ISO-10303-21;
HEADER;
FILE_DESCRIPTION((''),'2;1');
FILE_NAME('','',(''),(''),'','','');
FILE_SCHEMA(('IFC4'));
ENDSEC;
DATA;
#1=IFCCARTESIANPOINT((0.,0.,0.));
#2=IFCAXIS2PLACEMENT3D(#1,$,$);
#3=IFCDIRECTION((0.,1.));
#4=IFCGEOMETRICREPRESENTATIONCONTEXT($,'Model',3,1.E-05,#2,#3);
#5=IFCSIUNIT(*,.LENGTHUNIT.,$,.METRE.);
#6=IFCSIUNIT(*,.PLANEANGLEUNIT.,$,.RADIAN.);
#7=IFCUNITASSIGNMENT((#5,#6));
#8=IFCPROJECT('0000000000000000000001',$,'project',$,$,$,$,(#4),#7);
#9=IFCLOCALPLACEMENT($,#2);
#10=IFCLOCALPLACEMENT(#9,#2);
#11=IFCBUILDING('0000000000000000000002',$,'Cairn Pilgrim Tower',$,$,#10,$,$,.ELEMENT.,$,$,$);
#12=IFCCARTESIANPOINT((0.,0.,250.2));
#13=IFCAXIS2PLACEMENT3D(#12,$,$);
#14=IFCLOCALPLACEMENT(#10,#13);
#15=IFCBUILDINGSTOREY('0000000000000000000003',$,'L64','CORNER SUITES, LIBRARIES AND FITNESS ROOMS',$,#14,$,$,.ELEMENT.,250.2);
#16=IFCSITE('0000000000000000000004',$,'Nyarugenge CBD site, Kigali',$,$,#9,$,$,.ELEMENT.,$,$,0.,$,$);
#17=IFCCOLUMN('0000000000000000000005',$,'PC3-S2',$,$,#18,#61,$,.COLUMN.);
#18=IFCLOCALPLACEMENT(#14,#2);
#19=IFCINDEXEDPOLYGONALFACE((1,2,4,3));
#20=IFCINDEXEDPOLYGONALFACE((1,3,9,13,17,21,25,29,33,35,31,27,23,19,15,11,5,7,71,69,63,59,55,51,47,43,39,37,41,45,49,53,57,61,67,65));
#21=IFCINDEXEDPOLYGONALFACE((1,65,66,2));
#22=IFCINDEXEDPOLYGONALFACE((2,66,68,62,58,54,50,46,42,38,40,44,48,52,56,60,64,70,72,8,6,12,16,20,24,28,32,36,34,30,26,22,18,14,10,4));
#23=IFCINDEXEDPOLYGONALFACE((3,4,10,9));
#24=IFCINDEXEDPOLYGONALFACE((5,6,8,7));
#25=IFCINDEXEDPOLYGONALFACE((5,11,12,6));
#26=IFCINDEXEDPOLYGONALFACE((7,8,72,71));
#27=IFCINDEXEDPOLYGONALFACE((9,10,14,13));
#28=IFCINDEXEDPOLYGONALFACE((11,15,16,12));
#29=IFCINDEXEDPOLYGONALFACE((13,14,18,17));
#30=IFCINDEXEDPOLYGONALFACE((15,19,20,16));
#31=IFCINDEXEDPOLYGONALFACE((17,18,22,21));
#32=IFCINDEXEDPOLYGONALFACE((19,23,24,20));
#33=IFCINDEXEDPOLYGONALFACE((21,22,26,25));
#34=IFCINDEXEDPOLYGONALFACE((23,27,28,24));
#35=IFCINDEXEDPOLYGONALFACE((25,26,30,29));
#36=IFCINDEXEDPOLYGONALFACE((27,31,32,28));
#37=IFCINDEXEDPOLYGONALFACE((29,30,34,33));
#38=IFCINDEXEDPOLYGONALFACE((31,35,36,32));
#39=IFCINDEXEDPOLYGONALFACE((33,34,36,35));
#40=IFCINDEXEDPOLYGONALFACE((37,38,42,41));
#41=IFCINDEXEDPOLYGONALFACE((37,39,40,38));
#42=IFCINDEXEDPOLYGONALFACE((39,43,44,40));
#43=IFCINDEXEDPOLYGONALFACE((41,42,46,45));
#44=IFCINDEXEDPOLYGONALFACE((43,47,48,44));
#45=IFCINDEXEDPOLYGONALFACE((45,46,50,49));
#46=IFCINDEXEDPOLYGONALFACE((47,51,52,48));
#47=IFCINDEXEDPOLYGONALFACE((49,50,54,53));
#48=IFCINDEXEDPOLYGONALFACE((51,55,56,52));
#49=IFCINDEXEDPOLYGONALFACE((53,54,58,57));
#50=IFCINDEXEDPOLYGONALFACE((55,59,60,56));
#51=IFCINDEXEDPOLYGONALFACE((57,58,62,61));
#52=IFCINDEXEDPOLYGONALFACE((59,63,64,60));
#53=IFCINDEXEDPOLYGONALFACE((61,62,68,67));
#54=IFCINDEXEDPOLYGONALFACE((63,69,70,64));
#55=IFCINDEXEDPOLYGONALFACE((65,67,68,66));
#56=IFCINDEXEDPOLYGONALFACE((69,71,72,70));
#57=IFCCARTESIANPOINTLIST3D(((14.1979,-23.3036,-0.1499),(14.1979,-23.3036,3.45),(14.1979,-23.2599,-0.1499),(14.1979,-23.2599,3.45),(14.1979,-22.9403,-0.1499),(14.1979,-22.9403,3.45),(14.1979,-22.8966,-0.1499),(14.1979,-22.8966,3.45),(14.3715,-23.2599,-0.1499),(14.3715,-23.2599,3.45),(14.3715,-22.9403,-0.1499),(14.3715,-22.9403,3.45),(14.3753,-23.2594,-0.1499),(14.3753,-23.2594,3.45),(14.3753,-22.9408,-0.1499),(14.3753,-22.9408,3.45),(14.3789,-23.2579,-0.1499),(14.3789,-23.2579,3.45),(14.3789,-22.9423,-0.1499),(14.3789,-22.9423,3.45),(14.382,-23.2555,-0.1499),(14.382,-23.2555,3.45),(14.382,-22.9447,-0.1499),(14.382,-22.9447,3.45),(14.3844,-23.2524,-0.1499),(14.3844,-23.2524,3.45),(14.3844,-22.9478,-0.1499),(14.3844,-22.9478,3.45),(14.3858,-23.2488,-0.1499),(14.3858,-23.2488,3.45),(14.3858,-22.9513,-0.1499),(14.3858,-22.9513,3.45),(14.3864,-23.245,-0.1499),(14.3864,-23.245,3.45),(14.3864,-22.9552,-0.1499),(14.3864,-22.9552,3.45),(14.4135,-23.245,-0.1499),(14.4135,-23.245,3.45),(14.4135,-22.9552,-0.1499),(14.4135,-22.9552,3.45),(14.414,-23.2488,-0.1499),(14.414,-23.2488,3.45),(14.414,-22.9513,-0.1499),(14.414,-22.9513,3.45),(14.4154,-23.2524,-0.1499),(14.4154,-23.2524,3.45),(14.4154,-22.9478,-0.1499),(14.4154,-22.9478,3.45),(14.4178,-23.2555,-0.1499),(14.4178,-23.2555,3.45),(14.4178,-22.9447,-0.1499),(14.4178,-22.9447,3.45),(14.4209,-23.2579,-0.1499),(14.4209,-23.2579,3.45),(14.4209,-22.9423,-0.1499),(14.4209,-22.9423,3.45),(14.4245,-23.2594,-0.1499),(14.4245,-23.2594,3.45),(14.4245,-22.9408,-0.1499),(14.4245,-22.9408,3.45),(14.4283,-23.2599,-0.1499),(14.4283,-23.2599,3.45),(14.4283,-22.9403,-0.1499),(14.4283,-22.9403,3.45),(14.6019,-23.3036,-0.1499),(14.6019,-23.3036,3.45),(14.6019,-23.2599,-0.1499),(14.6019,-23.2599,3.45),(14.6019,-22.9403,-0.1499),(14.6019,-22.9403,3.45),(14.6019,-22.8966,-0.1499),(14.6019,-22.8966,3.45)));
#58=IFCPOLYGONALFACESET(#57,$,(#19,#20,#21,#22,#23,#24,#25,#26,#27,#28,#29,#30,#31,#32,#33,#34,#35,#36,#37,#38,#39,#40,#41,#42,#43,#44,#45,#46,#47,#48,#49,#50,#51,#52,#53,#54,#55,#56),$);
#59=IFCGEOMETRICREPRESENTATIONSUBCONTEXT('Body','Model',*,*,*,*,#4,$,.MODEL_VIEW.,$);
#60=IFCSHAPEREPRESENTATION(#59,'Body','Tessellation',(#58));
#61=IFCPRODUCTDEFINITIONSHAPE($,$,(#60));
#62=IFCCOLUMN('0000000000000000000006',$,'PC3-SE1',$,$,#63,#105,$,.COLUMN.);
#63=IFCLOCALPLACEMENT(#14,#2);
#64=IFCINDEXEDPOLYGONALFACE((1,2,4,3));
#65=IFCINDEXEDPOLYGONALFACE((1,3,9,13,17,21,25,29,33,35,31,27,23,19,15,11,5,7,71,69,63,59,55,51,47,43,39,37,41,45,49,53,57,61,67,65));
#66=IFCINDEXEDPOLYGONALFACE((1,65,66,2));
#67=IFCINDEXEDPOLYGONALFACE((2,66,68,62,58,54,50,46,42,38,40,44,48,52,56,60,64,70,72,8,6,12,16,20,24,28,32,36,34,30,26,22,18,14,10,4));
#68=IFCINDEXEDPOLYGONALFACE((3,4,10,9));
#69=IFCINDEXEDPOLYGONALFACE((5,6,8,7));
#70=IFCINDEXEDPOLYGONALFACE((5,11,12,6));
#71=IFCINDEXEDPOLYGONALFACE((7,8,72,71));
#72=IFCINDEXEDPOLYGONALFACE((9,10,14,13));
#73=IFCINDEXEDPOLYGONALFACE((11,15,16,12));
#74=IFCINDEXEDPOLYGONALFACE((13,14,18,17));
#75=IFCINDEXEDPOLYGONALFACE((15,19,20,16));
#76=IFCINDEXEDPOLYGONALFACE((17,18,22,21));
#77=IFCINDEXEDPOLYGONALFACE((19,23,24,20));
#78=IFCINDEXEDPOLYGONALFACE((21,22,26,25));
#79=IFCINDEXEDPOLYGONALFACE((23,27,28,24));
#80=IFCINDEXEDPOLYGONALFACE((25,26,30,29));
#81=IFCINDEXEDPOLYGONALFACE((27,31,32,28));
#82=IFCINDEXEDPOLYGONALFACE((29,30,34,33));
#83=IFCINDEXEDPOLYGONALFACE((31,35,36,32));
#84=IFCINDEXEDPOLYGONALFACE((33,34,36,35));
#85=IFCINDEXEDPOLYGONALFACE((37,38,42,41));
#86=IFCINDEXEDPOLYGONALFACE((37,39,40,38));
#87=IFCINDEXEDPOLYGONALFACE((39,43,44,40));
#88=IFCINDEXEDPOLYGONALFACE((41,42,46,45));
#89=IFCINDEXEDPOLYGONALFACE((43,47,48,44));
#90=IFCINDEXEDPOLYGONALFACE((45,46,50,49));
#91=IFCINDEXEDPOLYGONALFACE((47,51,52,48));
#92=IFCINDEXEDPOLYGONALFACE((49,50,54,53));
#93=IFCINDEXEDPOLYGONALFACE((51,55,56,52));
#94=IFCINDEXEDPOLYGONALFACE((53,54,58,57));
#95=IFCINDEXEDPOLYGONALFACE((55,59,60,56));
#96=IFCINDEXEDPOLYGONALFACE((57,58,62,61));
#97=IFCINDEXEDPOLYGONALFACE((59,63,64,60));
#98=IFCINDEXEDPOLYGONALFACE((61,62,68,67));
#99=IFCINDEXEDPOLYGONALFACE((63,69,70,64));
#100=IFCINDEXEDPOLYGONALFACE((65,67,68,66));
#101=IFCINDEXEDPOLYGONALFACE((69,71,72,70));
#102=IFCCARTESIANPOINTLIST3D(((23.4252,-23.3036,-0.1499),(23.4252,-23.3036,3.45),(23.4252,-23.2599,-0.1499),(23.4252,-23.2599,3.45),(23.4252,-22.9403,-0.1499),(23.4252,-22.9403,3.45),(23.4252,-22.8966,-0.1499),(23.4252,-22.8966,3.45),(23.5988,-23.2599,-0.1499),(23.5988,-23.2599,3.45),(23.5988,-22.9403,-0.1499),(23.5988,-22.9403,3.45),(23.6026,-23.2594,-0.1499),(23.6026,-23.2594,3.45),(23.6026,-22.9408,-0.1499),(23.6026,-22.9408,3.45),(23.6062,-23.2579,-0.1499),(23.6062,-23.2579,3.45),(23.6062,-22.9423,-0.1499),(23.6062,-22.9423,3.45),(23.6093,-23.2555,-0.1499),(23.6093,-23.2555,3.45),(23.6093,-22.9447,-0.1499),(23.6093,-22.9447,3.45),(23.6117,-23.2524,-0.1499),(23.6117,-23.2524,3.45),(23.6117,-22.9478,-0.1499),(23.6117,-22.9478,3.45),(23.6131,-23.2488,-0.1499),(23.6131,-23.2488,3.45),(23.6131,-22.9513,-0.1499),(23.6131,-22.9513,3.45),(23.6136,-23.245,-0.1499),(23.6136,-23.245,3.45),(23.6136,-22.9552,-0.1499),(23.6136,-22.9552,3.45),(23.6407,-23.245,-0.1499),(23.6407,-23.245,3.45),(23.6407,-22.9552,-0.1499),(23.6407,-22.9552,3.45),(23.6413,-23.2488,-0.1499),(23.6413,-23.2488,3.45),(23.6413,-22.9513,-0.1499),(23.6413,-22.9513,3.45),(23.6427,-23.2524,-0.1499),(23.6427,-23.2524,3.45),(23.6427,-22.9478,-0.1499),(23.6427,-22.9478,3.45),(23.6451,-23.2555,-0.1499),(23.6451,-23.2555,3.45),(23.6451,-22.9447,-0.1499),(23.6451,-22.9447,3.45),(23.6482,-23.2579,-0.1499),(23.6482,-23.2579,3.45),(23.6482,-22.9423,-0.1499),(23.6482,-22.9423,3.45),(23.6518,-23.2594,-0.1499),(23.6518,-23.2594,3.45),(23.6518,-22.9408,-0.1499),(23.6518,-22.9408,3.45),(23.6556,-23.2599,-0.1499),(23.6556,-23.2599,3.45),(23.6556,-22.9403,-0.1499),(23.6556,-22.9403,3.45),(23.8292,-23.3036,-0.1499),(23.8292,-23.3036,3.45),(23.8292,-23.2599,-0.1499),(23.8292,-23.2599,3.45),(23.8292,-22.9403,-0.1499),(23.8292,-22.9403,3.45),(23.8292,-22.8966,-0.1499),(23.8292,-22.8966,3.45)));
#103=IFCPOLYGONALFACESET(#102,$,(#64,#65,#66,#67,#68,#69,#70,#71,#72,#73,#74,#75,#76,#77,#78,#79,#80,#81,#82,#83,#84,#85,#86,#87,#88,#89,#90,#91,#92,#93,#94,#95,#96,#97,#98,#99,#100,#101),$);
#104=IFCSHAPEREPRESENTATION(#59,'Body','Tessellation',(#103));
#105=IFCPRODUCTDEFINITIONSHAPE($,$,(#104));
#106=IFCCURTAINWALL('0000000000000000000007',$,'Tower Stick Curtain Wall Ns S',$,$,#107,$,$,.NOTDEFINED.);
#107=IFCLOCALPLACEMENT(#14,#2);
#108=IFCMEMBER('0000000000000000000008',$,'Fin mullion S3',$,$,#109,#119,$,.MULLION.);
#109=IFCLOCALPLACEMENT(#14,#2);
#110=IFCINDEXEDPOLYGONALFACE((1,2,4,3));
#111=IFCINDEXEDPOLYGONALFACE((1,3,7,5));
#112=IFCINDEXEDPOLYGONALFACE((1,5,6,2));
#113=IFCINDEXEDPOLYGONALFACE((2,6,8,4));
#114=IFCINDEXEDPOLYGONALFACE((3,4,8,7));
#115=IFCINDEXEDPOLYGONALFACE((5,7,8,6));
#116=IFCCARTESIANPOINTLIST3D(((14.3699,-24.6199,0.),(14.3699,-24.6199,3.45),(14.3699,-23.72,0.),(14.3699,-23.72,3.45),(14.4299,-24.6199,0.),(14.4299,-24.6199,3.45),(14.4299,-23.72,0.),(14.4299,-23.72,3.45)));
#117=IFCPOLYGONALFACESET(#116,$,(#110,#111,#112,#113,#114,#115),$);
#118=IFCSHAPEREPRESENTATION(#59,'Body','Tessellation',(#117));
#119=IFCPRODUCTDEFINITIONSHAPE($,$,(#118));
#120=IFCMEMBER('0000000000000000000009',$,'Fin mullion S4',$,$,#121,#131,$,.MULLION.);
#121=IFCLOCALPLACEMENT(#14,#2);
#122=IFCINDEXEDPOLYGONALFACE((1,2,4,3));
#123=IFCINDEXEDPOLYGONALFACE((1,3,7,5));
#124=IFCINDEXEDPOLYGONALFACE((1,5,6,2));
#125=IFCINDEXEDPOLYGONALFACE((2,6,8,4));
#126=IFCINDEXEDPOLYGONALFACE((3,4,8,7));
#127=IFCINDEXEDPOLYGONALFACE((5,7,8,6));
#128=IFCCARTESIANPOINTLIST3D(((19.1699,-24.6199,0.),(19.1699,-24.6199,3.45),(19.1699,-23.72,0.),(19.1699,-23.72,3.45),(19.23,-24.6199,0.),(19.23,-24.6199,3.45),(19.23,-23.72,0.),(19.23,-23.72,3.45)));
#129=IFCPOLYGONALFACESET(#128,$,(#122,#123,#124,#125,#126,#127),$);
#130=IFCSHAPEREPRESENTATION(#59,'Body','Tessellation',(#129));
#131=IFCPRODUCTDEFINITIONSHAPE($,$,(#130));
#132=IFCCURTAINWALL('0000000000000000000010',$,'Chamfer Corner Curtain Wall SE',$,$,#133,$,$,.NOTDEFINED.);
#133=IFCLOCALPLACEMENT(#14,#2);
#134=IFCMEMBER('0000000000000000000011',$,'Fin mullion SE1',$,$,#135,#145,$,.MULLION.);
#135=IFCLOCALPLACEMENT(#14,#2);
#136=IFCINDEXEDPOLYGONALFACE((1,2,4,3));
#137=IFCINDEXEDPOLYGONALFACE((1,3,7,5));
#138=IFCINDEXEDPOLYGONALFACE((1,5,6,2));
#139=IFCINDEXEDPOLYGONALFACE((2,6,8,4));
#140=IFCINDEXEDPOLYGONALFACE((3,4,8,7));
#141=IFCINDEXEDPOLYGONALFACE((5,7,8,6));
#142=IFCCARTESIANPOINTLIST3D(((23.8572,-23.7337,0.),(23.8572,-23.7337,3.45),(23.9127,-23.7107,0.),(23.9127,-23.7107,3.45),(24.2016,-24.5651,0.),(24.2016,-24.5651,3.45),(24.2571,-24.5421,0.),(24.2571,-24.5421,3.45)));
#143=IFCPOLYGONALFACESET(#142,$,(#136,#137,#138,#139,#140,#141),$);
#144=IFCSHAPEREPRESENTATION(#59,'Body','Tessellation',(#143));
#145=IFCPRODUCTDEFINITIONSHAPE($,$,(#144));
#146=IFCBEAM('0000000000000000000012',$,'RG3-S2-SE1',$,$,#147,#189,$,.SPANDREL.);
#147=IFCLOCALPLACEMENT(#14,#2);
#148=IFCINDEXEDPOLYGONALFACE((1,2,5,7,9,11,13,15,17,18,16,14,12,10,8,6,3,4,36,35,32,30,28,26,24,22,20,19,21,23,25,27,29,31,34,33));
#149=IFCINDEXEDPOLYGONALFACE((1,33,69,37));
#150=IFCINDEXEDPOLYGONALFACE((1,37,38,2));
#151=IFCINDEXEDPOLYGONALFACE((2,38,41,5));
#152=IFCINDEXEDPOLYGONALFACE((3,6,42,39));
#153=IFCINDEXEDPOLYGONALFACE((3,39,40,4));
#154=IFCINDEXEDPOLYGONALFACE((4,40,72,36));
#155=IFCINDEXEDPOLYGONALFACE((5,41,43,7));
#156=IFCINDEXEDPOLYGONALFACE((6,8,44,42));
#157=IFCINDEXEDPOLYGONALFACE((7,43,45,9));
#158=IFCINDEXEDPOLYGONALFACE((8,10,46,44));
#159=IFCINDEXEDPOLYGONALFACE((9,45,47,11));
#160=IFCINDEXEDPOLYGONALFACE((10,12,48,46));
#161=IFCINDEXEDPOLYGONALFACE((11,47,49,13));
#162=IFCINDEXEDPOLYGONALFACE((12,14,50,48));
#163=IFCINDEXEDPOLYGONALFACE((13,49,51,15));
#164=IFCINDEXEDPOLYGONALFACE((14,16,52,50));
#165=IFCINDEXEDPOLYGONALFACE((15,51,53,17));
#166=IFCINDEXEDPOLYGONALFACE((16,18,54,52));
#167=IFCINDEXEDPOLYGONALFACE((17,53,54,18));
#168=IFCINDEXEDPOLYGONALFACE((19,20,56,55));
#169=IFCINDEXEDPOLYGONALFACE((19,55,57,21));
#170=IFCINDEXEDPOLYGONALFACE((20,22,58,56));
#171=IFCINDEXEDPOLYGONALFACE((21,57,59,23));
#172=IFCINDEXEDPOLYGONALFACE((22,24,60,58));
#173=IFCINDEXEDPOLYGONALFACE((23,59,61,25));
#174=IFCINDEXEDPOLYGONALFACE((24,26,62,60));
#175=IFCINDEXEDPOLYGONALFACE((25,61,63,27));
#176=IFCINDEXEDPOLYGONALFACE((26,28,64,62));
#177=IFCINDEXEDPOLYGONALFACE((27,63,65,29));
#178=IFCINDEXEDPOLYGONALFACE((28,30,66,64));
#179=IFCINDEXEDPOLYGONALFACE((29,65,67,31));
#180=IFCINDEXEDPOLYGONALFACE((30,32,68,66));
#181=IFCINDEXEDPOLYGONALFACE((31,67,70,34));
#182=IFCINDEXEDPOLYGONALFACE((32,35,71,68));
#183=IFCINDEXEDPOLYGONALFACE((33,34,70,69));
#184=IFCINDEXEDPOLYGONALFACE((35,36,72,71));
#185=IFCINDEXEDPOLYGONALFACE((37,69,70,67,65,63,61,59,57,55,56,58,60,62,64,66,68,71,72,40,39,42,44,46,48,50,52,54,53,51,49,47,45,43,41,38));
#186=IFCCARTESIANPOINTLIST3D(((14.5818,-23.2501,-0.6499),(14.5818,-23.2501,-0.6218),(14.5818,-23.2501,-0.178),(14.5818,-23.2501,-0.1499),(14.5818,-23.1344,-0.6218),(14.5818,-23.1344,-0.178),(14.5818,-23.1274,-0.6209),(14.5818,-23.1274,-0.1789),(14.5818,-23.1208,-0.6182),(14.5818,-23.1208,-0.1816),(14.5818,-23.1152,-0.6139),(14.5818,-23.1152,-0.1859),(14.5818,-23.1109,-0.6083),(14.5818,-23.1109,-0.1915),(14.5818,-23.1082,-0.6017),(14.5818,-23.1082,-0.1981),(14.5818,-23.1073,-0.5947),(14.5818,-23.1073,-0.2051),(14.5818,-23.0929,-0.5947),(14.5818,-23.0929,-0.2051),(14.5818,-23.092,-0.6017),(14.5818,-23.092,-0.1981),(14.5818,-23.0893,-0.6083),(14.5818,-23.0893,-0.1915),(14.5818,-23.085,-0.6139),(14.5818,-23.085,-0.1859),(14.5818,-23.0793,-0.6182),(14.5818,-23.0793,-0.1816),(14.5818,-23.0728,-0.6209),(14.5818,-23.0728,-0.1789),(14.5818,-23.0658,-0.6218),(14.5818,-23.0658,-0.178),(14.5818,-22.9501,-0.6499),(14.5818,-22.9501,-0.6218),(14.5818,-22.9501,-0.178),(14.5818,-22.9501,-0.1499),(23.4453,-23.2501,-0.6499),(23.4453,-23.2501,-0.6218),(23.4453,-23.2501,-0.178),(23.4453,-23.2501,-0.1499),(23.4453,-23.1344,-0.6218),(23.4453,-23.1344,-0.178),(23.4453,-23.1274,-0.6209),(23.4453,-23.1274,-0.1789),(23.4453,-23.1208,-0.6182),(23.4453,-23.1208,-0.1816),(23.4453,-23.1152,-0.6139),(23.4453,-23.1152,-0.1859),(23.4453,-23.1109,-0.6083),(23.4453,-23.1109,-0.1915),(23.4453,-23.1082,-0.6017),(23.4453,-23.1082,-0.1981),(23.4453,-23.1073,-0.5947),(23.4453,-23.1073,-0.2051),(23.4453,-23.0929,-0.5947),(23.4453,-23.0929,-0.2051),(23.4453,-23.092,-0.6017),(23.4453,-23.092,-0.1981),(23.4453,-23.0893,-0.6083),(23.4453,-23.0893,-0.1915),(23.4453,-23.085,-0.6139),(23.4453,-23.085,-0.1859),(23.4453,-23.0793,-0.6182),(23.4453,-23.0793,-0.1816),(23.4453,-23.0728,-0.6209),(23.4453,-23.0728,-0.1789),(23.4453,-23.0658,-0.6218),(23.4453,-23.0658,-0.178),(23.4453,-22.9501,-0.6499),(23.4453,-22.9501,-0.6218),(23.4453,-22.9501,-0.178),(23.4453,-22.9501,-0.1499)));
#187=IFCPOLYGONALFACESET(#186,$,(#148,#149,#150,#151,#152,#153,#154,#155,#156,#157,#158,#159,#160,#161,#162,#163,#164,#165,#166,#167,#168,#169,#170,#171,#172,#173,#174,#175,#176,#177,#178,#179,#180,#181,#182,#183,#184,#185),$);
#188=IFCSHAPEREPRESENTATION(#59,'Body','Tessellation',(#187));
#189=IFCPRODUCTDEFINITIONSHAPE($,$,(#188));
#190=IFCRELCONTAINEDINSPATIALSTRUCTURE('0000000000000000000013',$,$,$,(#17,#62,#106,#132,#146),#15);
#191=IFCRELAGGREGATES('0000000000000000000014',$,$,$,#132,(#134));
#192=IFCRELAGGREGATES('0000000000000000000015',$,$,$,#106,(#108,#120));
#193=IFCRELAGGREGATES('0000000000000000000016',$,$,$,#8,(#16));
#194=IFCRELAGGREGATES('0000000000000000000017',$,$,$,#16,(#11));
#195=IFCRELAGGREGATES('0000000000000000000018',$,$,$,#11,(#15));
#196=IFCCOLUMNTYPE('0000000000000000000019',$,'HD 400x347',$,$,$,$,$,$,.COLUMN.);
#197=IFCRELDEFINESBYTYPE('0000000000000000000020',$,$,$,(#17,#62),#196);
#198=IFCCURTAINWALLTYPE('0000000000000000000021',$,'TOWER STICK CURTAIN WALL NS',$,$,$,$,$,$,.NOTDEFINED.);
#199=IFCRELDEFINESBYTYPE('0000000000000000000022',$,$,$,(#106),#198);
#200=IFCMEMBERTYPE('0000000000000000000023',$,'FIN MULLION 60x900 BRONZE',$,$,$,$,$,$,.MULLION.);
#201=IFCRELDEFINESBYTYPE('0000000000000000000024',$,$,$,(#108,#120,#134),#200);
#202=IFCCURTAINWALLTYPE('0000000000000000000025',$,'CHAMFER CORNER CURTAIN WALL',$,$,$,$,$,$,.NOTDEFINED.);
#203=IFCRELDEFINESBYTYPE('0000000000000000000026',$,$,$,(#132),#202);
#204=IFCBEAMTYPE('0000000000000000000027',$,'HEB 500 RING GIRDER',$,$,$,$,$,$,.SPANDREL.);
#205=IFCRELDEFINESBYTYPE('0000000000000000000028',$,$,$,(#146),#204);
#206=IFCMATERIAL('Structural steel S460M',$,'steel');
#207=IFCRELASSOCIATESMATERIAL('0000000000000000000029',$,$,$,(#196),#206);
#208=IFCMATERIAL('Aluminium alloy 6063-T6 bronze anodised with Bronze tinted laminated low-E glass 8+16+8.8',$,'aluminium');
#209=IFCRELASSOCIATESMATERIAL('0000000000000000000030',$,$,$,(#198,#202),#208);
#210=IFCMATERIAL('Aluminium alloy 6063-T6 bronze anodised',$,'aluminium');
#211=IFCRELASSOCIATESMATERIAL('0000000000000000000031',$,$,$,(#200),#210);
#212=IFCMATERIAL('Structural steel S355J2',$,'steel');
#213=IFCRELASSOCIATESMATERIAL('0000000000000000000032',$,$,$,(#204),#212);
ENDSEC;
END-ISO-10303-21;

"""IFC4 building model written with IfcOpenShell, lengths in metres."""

from ifc_helpers import new_model, si_unit, direction, frame, origin, origin_2d, place, context, subcontext, project, spatial, rectangle, i_section, extrude, material, material_profile, profile_set, type_object, element, aggregate, save


model = new_model("IFC4")

# Units and contexts
model_context = context("Model", 3, precision=1e-05, world=origin(), true_north=direction((0.0, 1.0)))
body_context = subcontext(model_context, "Body", "Model", "MODEL_VIEW")
ifc_project = project(units=[si_unit("LENGTHUNIT", "METRE"), si_unit("PLANEANGLEUNIT", "RADIAN")], contexts=[model_context])

# Site, building, storey
site_placement = place(None, origin())
site = spatial("IfcSite", under=ifc_project, at=site_placement, Name="Nyarugenge CBD site, Kigali", CompositionType="ELEMENT", RefElevation=0.0)
building_placement = place(site_placement, origin())
building = spatial("IfcBuilding", under=site, at=building_placement, Name="Cairn Pilgrim Tower", CompositionType="ELEMENT")
storey_placement = place(building_placement, frame((0.0, 0.0, 250.2)))
storey = spatial("IfcBuildingStorey", under=building, at=storey_placement, Name="L64", Description="CORNER SUITES, LIBRARIES AND FITNESS ROOMS", CompositionType="ELEMENT", Elevation=250.2)

# Columns
ifc_material_1 = material(Name="Structural steel S460M", Category="steel")
ifc_material_profile_1 = material_profile(ifc_material_1, i_section(OverallWidth=0.4041, OverallDepth=0.407, WebThickness=0.0271, FlangeThickness=0.0437, FilletRadius=0.0149, at=origin_2d()), Name="HD 400x347")
ifc_profile_set_1 = profile_set([ifc_material_profile_1], Name="Structural steel S460M")
column_type = type_object("IfcColumnType", Name="HD 400x347", PredefinedType="COLUMN", material=ifc_profile_set_1)
for number, where, z_axis, x_axis, name in (
    (1, (14.3999, -23.1001, -0.1499), (0.0, 0.0, 1.0), (1.0, 0.0, 0.0), "PC3-S2"),
    (2, (23.6272, -23.1001, -0.1499), (0.0, 0.0, 1.0), (1.0, 0.0, 0.0), "PC3-SE1"),
):
    element("IfcColumn", number, at=place(storey_placement, frame(where, z_axis=z_axis, x_axis=x_axis)), inside=storey, type_object=column_type, Name=name, PredefinedType="COLUMN", context=body_context, shape_type="SweptSolid", body=[
        extrude(i_section(OverallWidth=0.4041, OverallDepth=0.407, WebThickness=0.0271, FlangeThickness=0.0437, FilletRadius=0.0149, at=origin_2d()), origin(), (0.0, 0.0, 1.0), 3.5999),
    ])

# Curtain wall, members
ifc_material_2 = material(Name="Aluminium alloy 6063-T6 bronze anodised with Bronze tinted laminated low-E glass 8+16+8.8", Category="aluminium")
curtain_wall_type_1 = type_object("IfcCurtainWallType", Name="TOWER STICK CURTAIN WALL NS", PredefinedType="NOTDEFINED", material=ifc_material_2)
curtain_wall_1_placement = place(storey_placement, origin())
curtain_wall_1 = element("IfcCurtainWall", 3, at=curtain_wall_1_placement, inside=storey, type_object=curtain_wall_type_1, Name="Tower Stick Curtain Wall Ns S", PredefinedType="NOTDEFINED")
ifc_material_3 = material(Name="Aluminium alloy 6063-T6 bronze anodised", Category="aluminium")
ifc_material_profile_2 = material_profile(ifc_material_3, rectangle(XDim=0.8999, YDim=0.0601, at=origin_2d()), Name="FIN MULLION 60x900 BRONZE")
ifc_profile_set_2 = profile_set([ifc_material_profile_2], Name="Aluminium alloy 6063-T6 bronze anodised")
member_type_1 = type_object("IfcMemberType", Name="FIN MULLION 60x900 BRONZE", PredefinedType="MULLION", material=ifc_profile_set_2)
member_1_placement = place(storey_placement, frame((14.3999, -24.1699, 0.0), z_axis=(0.0, 0.0, 1.0), x_axis=(0.0, -1.0, 0.0)))
member_1 = element("IfcMember", 4, at=member_1_placement, type_object=member_type_1, Name="Fin mullion S3", PredefinedType="MULLION", context=body_context, shape_type="SweptSolid", body=[
    extrude(rectangle(XDim=0.8999, YDim=0.0601, at=origin_2d()), origin(), (0.0, 0.0, 1.0), 3.45),
])
member_2_placement = place(storey_placement, frame((19.2, -24.1699, 0.0), z_axis=(0.0, 0.0, 1.0), x_axis=(0.0, -1.0, 0.0)))
member_2 = element("IfcMember", 5, at=member_2_placement, type_object=member_type_1, Name="Fin mullion S4", PredefinedType="MULLION", context=body_context, shape_type="SweptSolid", body=[
    extrude(rectangle(XDim=0.8999, YDim=0.0601, at=origin_2d()), origin(), (0.0, 0.0, 1.0), 3.45),
])

# Curtain wall, member
curtain_wall_type_2 = type_object("IfcCurtainWallType", Name="CHAMFER CORNER CURTAIN WALL", PredefinedType="NOTDEFINED", material=ifc_material_2)
curtain_wall_2_placement = place(storey_placement, origin())
curtain_wall_2 = element("IfcCurtainWall", 6, at=curtain_wall_2_placement, inside=storey, type_object=curtain_wall_type_2, Name="Chamfer Corner Curtain Wall SE", PredefinedType="NOTDEFINED")
member_3_placement = place(storey_placement, frame((24.0571, -24.1379, 0.0), z_axis=(0.0, 0.0, 1.0), x_axis=(0.382683, -0.92388, 0.0)))
member_3 = element("IfcMember", 7, at=member_3_placement, type_object=member_type_1, Name="Fin mullion SE1", PredefinedType="MULLION", context=body_context, shape_type="SweptSolid", body=[
    extrude(rectangle(XDim=0.8999, YDim=0.0601, at=origin_2d()), origin(), (0.0, 0.0, 1.0), 3.45),
])
aggregate(curtain_wall_2, [member_3])

# Beam
ifc_material_4 = material(Name="Structural steel S355J2", Category="steel")
ifc_material_profile_3 = material_profile(ifc_material_4, i_section(OverallWidth=0.3, OverallDepth=0.5, WebThickness=0.0144, FlangeThickness=0.0281, FilletRadius=0.0271, at=origin_2d()), Name="HEB 500")
ifc_profile_set_3 = profile_set([ifc_material_profile_3], Name="Structural steel S355J2")
beam_type_1 = type_object("IfcBeamType", Name="HEB 500 RING GIRDER", PredefinedType="SPANDREL", material=ifc_profile_set_3)
beam_1_placement = place(storey_placement, frame((14.5818, -23.1001, -0.3999), z_axis=(1.0, 0.0, 0.0), x_axis=(0.0, 1.0, 0.0)))
element("IfcBeam", 8, at=beam_1_placement, inside=storey, type_object=beam_type_1, Name="RG3-S2-SE1", PredefinedType="SPANDREL", context=body_context, shape_type="SweptSolid", body=[
    extrude(i_section(OverallWidth=0.3, OverallDepth=0.5, WebThickness=0.0144, FlangeThickness=0.0281, FilletRadius=0.0271, at=origin_2d()), origin(), (0.0, 0.0, 1.0), 8.8635),
])

aggregate(curtain_wall_1, [member_1, member_2])

save(model, "model.ifc")
